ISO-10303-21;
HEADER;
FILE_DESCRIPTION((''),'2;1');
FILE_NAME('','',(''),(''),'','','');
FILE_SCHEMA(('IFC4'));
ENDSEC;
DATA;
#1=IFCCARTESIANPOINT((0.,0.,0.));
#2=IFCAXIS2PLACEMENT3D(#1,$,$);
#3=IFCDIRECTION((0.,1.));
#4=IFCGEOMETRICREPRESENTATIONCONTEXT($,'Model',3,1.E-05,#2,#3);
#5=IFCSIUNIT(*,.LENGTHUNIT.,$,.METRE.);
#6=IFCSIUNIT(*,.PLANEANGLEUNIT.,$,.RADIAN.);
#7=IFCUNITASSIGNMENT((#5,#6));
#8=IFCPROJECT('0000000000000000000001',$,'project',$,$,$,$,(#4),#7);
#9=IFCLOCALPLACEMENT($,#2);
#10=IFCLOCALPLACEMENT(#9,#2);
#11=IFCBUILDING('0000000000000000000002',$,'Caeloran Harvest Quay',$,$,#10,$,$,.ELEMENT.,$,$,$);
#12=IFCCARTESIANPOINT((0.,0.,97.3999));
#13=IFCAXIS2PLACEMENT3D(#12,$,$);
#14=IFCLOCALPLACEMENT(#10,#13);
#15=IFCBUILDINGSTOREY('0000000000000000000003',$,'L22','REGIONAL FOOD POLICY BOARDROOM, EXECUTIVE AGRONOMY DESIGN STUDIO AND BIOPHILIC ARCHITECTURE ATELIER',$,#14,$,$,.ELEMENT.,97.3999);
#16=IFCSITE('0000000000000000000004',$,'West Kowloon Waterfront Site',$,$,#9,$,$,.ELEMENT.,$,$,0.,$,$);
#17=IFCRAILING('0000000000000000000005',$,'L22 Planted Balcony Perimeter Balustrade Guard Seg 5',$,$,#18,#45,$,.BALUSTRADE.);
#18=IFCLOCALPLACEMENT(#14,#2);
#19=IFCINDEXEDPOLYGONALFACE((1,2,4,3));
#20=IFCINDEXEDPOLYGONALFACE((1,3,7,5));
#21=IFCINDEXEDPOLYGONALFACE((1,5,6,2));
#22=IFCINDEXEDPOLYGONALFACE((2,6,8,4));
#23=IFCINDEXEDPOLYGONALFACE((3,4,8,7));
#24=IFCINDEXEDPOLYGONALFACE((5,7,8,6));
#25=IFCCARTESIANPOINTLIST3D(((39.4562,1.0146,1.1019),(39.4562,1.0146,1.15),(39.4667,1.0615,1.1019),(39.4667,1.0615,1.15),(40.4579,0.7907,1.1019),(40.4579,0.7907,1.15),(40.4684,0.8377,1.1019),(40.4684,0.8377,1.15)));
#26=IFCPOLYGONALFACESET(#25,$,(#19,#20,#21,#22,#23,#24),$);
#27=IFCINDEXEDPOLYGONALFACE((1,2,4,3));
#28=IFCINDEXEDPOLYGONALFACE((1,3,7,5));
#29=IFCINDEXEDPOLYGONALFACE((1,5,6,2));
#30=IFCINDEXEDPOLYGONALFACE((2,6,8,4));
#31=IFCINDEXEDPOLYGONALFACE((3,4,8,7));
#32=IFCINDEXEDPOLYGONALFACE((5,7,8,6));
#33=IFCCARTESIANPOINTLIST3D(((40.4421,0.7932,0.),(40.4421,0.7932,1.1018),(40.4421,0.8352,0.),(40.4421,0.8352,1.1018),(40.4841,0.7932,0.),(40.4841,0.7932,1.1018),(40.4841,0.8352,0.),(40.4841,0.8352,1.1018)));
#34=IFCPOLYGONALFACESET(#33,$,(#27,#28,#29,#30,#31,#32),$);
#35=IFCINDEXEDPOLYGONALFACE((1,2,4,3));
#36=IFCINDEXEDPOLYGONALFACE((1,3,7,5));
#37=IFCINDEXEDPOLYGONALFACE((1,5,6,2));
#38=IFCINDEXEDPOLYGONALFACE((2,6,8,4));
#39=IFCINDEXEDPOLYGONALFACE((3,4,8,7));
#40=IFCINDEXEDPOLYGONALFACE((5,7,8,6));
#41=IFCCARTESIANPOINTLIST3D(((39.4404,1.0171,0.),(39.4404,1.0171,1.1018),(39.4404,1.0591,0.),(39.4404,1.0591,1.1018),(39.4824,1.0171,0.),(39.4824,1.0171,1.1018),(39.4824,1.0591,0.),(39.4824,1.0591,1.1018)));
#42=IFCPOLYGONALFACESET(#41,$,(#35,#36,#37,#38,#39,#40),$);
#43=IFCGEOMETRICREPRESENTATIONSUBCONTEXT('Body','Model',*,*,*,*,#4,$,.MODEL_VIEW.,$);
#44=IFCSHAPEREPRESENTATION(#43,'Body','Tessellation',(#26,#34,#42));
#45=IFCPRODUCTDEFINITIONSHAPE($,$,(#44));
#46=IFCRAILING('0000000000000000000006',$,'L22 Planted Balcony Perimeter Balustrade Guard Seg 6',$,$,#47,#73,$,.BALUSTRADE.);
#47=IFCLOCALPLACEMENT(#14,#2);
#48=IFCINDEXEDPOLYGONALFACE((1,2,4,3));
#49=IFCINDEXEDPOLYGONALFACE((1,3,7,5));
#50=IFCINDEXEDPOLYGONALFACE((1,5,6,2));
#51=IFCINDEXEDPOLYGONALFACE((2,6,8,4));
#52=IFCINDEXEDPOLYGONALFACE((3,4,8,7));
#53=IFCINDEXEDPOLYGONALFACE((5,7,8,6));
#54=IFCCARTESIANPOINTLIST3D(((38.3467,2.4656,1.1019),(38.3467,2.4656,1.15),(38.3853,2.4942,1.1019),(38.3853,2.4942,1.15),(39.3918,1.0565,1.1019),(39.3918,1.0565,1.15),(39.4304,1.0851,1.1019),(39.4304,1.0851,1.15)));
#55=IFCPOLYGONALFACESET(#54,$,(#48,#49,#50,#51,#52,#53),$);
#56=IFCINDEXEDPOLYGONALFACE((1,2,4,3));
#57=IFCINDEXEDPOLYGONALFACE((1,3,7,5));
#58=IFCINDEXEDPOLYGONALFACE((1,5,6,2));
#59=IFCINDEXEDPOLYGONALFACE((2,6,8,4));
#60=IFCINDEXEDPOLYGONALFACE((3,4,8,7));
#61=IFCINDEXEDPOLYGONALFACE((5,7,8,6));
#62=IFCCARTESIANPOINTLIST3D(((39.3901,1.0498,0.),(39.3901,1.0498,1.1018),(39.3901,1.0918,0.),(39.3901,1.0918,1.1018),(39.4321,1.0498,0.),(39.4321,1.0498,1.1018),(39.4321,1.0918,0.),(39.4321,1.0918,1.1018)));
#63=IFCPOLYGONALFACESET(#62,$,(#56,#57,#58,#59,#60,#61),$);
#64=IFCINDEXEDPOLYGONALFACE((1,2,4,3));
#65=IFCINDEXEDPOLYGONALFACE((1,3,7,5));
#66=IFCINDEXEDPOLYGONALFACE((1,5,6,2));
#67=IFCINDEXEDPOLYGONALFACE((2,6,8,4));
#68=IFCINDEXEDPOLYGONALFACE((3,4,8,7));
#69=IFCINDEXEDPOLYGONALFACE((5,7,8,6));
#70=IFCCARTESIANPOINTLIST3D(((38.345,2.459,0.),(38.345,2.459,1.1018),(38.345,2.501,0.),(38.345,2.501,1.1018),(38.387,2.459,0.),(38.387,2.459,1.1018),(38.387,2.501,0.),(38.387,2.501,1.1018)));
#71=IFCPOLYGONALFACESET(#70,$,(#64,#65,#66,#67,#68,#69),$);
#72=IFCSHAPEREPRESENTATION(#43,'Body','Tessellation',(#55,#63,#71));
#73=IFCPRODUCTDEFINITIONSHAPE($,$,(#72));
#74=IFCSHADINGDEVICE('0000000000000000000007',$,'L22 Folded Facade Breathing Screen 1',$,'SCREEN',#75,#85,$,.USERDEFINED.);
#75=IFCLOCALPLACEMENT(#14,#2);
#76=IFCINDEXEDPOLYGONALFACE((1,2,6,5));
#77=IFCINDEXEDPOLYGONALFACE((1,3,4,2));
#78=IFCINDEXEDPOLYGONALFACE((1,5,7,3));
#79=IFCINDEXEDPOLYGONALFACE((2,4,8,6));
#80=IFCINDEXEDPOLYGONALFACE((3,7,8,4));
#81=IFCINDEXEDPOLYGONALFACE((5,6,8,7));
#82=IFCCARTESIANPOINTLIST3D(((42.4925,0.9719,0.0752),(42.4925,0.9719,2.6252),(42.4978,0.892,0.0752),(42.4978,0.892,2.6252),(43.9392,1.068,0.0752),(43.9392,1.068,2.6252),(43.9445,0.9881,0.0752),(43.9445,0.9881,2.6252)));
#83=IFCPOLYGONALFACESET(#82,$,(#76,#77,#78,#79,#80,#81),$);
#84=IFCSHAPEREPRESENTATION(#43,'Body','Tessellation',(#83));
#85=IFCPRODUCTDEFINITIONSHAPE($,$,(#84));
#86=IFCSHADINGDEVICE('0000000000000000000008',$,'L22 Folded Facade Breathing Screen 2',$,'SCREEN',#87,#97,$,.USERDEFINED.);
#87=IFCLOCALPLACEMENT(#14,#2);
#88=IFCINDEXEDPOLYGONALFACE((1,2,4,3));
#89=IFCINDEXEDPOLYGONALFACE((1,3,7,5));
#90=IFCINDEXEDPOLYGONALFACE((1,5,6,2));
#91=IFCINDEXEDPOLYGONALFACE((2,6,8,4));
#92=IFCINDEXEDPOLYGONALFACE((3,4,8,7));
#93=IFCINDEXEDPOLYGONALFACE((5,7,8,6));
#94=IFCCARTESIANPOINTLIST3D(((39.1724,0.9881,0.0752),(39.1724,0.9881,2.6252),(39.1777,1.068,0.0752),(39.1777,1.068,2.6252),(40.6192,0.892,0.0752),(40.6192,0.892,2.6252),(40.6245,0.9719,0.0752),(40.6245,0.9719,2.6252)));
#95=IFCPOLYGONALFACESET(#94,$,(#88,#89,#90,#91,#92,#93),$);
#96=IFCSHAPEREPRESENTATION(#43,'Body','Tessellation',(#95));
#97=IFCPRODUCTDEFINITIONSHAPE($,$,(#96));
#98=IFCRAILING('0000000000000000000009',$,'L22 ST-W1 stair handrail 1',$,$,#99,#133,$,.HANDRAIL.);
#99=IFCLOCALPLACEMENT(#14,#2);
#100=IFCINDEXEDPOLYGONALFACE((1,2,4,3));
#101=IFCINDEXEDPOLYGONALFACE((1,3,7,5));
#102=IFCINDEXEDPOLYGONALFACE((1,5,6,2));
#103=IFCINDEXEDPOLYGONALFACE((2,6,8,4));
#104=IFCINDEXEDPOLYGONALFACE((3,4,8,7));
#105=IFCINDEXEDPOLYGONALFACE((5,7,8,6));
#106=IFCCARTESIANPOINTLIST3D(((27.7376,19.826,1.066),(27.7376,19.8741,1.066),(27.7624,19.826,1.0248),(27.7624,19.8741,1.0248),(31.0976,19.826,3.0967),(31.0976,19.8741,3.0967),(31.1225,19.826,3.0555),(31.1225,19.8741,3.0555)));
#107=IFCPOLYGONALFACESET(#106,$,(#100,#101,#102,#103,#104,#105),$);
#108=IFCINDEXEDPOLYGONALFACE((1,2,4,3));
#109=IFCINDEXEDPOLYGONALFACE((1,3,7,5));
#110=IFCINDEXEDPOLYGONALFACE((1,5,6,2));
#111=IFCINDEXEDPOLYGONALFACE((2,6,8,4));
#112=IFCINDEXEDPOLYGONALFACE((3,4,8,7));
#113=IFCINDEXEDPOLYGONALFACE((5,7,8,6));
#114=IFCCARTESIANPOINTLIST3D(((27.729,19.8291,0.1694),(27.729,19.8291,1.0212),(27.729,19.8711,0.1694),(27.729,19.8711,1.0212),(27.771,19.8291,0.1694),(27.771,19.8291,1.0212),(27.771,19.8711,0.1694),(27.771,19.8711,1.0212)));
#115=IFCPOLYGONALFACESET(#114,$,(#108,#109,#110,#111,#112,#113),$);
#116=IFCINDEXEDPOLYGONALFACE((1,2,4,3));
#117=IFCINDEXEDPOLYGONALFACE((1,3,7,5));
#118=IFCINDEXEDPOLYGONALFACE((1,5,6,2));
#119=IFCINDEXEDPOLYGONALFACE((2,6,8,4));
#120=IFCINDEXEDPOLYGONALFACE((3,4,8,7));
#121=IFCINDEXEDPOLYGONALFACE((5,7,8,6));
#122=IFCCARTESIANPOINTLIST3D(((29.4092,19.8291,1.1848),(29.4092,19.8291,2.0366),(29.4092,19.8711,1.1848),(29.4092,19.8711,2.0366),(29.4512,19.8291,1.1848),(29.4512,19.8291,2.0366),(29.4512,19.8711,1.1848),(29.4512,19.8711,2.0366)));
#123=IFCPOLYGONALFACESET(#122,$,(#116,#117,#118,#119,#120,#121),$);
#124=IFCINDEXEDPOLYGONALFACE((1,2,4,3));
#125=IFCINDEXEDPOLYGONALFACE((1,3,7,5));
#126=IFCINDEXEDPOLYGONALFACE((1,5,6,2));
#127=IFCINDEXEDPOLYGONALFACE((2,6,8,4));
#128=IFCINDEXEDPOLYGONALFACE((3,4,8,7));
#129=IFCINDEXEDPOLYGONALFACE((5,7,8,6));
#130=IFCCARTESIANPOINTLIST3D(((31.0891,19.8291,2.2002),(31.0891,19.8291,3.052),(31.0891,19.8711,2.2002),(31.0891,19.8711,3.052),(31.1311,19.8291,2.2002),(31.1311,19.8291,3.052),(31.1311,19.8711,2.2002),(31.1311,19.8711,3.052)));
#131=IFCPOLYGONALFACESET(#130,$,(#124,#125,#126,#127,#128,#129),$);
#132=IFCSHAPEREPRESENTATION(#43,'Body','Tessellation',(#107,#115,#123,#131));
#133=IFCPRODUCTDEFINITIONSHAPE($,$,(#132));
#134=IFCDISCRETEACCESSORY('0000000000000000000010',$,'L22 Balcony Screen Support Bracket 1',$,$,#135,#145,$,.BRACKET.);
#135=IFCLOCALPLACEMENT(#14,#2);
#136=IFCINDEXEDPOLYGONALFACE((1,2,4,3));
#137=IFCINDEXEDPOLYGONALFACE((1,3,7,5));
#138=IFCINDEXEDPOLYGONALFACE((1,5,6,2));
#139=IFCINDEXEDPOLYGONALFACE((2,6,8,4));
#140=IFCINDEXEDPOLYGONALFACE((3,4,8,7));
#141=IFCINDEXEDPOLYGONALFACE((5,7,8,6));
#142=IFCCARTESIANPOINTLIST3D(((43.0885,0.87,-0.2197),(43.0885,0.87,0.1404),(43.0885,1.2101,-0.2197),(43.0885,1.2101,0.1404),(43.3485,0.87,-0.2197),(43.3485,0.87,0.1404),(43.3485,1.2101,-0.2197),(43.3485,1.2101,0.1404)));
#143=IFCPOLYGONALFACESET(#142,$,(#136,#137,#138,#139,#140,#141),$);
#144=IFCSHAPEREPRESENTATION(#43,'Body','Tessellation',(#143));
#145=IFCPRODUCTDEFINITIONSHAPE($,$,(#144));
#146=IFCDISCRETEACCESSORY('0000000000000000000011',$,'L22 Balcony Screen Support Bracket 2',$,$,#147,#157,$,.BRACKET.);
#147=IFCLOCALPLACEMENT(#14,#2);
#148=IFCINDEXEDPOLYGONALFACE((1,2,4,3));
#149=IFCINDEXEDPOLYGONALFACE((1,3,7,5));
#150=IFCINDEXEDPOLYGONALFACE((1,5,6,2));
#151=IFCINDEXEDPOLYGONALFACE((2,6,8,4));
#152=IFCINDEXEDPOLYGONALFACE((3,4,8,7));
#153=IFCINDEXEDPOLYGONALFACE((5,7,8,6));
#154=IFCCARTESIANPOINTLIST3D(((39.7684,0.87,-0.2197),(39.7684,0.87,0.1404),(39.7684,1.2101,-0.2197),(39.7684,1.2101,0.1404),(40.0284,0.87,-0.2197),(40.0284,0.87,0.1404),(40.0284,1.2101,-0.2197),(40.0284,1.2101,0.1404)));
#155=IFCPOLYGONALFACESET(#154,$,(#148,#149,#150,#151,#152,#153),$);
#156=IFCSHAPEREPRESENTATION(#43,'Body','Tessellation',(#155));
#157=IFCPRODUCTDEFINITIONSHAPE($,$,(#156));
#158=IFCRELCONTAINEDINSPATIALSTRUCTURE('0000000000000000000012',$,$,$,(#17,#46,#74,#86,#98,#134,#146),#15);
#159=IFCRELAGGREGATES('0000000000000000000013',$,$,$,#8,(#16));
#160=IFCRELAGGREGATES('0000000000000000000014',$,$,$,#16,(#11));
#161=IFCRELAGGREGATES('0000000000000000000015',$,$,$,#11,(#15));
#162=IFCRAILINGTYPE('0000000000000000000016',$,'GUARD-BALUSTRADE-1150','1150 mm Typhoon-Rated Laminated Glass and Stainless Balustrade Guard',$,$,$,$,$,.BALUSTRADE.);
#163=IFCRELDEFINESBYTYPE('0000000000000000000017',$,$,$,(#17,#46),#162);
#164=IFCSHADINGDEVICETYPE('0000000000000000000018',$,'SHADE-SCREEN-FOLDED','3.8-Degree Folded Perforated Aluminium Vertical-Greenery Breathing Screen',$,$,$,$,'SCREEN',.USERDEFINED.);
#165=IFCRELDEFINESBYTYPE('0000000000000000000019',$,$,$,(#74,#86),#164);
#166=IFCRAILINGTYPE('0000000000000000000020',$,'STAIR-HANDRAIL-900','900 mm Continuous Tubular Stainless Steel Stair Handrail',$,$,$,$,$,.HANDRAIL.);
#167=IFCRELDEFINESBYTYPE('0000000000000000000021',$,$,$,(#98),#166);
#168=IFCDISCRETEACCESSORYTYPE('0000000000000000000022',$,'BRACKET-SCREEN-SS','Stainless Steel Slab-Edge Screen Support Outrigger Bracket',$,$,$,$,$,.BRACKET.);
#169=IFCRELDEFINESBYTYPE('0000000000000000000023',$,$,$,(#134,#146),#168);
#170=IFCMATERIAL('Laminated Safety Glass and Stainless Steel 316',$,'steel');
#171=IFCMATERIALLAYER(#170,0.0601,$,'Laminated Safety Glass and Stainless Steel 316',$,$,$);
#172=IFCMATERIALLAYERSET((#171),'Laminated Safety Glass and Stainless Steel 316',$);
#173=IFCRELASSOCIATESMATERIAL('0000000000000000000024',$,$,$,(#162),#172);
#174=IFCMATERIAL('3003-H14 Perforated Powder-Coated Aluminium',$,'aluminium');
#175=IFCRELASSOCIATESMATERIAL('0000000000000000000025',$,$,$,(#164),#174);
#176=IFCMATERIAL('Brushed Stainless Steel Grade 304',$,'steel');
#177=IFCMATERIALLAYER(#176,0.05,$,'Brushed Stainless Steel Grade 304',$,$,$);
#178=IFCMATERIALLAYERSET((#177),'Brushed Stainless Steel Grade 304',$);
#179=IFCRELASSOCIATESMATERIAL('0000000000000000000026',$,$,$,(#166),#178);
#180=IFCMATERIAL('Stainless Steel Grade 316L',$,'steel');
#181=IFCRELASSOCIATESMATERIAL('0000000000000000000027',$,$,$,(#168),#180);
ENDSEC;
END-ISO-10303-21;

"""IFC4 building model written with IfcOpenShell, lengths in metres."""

from ifc_helpers import new_model, si_unit, direction, frame, origin, origin_2d, place, context, subcontext, project, spatial, rectangle, extrude, material, layer, layer_set, type_object, element, save


model = new_model("IFC4")

# Units and contexts
model_context = context("Model", 3, precision=1e-05, world=origin(), true_north=direction((0.0, 1.0)))
body_context = subcontext(model_context, "Body", "Model", "MODEL_VIEW")
ifc_project = project(units=[si_unit("LENGTHUNIT", "METRE"), si_unit("PLANEANGLEUNIT", "RADIAN")], contexts=[model_context])

# Site, building, storey
site_placement = place(None, origin())
site = spatial("IfcSite", under=ifc_project, at=site_placement, Name="West Kowloon Waterfront Site", CompositionType="ELEMENT", RefElevation=0.0)
building_placement = place(site_placement, origin())
building = spatial("IfcBuilding", under=site, at=building_placement, Name="Caeloran Harvest Quay", CompositionType="ELEMENT")
storey_placement = place(building_placement, frame((0.0, 0.0, 97.3999)))
storey = spatial("IfcBuildingStorey", under=building, at=storey_placement, Name="L22", Description="REGIONAL FOOD POLICY BOARDROOM, EXECUTIVE AGRONOMY DESIGN STUDIO AND BIOPHILIC ARCHITECTURE ATELIER", CompositionType="ELEMENT", Elevation=97.3999)

# Railings
ifc_material_1 = material(Name="Laminated Safety Glass and Stainless Steel 316", Category="steel")
ifc_layer_1 = layer(ifc_material_1, 0.0601, Name="Laminated Safety Glass and Stainless Steel 316")
ifc_layer_set_1 = layer_set([ifc_layer_1], Name="Laminated Safety Glass and Stainless Steel 316")
railing_type_1 = type_object("IfcRailingType", Name="GUARD-BALUSTRADE-1150", Description="1150 mm Typhoon-Rated Laminated Glass and Stainless Balustrade Guard", PredefinedType="BALUSTRADE", material=ifc_layer_set_1)
railing_1_placement = place(storey_placement, frame((40.4631, 0.8142, 0.0)))
element("IfcRailing", 1, at=railing_1_placement, inside=storey, type_object=railing_type_1, Name="L22 Planted Balcony Perimeter Balustrade Guard Seg 5", PredefinedType="BALUSTRADE", context=body_context, shape_type="SweptSolid", body=[
    extrude(rectangle(XDim=0.0481, YDim=0.0481, at=origin_2d()), frame((0.0, 0.0, 1.126), z_axis=(-0.975923, 0.218114, 0.0), x_axis=(-0.218114, -0.975923, 0.0)), (0.0, 0.0, 1.0), 1.0264),
    extrude(rectangle(XDim=0.042, YDim=0.042, at=origin_2d()), origin(), (0.0, 0.0, 1.0), 1.1018),
    extrude(rectangle(XDim=0.042, YDim=0.042, at=origin_2d()), frame((-1.0017, 0.2239, 0.0)), (0.0, 0.0, 1.0), 1.1018),
])
railing_2_placement = place(storey_placement, frame((39.4111, 1.0708, 0.0)))
element("IfcRailing", 2, at=railing_2_placement, inside=storey, type_object=railing_type_1, Name="L22 Planted Balcony Perimeter Balustrade Guard Seg 6", PredefinedType="BALUSTRADE", context=body_context, shape_type="SweptSolid", body=[
    extrude(rectangle(XDim=0.0481, YDim=0.0481, at=origin_2d()), frame((0.0, 0.0, 1.126), z_axis=(-0.595717, 0.803195, 0.0), x_axis=(-0.803195, -0.595717, 0.0)), (0.0, 0.0, 1.0), 1.7544),
    extrude(rectangle(XDim=0.042, YDim=0.042, at=origin_2d()), origin(), (0.0, 0.0, 1.0), 1.1018),
    extrude(rectangle(XDim=0.042, YDim=0.042, at=origin_2d()), frame((-1.0452, 1.4092, 0.0)), (0.0, 0.0, 1.0), 1.1018),
])

# Shading devices
ifc_material_2 = material(Name="3003-H14 Perforated Powder-Coated Aluminium", Category="aluminium")
shading_device_type = type_object("IfcShadingDeviceType", Name="SHADE-SCREEN-FOLDED", Description="3.8-Degree Folded Perforated Aluminium Vertical-Greenery Breathing Screen", ElementType="SCREEN", PredefinedType="USERDEFINED", material=ifc_material_2)
for number, where, z_axis, x_axis, name in (
    (3, (43.2185, 0.98, 0.0752), (0.0, 0.0, 1.0), (0.997801, 0.066274, 0.0), "L22 Folded Facade Breathing Screen 1"),
    (4, (39.8984, 0.98, 0.0752), (0.0, 0.0, 1.0), (0.997801, -0.066274, 0.0), "L22 Folded Facade Breathing Screen 2"),
):
    element("IfcShadingDevice", number, at=place(storey_placement, frame(where, z_axis=z_axis, x_axis=x_axis)), inside=storey, type_object=shading_device_type, Name=name, ObjectType="SCREEN", PredefinedType="USERDEFINED", context=body_context, shape_type="SweptSolid", body=[
        extrude(rectangle(XDim=1.45, YDim=0.0801, at=origin_2d()), origin(), (0.0, 0.0, 1.0), 2.55),
    ])

# Railing
ifc_material_3 = material(Name="Brushed Stainless Steel Grade 304", Category="steel")
ifc_layer_2 = layer(ifc_material_3, 0.05, Name="Brushed Stainless Steel Grade 304")
ifc_layer_set_2 = layer_set([ifc_layer_2], Name="Brushed Stainless Steel Grade 304")
railing_type_2 = type_object("IfcRailingType", Name="STAIR-HANDRAIL-900", Description="900 mm Continuous Tubular Stainless Steel Stair Handrail", PredefinedType="HANDRAIL", material=ifc_layer_set_2)
railing_3_placement = place(storey_placement, frame((27.75, 19.8501, 0.1694)))
element("IfcRailing", 5, at=railing_3_placement, inside=storey, type_object=railing_type_2, Name="L22 ST-W1 stair handrail 1", PredefinedType="HANDRAIL", context=body_context, shape_type="SweptSolid", body=[
    extrude(rectangle(XDim=0.0481, YDim=0.0481, at=origin_2d()), frame((0.0, 0.0, 0.876), z_axis=(0.855837, 0.0, 0.517246), x_axis=(0.0, 1.0, 0.0)), (0.0, 0.0, 1.0), 3.926),
    extrude(rectangle(XDim=0.042, YDim=0.042, at=origin_2d()), origin(), (0.0, 0.0, 1.0), 0.8518),
    extrude(rectangle(XDim=0.042, YDim=0.042, at=origin_2d()), frame((1.6802, 0.0, 1.0154)), (0.0, 0.0, 1.0), 0.8518),
    extrude(rectangle(XDim=0.042, YDim=0.042, at=origin_2d()), frame((3.3601, 0.0, 2.0308)), (0.0, 0.0, 1.0), 0.8518),
])

# Discrete accessories
ifc_material_4 = material(Name="Stainless Steel Grade 316L", Category="steel")
discrete_accessory_type = type_object("IfcDiscreteAccessoryType", Name="BRACKET-SCREEN-SS", Description="Stainless Steel Slab-Edge Screen Support Outrigger Bracket", PredefinedType="BRACKET", material=ifc_material_4)
for number, where, z_axis, x_axis, name in (
    (6, (43.2185, 1.04, -0.2197), (0.0, 0.0, 1.0), (1.0, 0.0, 0.0), "L22 Balcony Screen Support Bracket 1"),
    (7, (39.8984, 1.04, -0.2197), (0.0, 0.0, 1.0), (1.0, 0.0, 0.0), "L22 Balcony Screen Support Bracket 2"),
):
    element("IfcDiscreteAccessory", number, at=place(storey_placement, frame(where, z_axis=z_axis, x_axis=x_axis)), inside=storey, type_object=discrete_accessory_type, Name=name, PredefinedType="BRACKET", context=body_context, shape_type="SweptSolid", body=[
        extrude(rectangle(XDim=0.26, YDim=0.3401, at=origin_2d()), origin(), (0.0, 0.0, 1.0), 0.3601),
    ])

save(model, "model.ifc")
